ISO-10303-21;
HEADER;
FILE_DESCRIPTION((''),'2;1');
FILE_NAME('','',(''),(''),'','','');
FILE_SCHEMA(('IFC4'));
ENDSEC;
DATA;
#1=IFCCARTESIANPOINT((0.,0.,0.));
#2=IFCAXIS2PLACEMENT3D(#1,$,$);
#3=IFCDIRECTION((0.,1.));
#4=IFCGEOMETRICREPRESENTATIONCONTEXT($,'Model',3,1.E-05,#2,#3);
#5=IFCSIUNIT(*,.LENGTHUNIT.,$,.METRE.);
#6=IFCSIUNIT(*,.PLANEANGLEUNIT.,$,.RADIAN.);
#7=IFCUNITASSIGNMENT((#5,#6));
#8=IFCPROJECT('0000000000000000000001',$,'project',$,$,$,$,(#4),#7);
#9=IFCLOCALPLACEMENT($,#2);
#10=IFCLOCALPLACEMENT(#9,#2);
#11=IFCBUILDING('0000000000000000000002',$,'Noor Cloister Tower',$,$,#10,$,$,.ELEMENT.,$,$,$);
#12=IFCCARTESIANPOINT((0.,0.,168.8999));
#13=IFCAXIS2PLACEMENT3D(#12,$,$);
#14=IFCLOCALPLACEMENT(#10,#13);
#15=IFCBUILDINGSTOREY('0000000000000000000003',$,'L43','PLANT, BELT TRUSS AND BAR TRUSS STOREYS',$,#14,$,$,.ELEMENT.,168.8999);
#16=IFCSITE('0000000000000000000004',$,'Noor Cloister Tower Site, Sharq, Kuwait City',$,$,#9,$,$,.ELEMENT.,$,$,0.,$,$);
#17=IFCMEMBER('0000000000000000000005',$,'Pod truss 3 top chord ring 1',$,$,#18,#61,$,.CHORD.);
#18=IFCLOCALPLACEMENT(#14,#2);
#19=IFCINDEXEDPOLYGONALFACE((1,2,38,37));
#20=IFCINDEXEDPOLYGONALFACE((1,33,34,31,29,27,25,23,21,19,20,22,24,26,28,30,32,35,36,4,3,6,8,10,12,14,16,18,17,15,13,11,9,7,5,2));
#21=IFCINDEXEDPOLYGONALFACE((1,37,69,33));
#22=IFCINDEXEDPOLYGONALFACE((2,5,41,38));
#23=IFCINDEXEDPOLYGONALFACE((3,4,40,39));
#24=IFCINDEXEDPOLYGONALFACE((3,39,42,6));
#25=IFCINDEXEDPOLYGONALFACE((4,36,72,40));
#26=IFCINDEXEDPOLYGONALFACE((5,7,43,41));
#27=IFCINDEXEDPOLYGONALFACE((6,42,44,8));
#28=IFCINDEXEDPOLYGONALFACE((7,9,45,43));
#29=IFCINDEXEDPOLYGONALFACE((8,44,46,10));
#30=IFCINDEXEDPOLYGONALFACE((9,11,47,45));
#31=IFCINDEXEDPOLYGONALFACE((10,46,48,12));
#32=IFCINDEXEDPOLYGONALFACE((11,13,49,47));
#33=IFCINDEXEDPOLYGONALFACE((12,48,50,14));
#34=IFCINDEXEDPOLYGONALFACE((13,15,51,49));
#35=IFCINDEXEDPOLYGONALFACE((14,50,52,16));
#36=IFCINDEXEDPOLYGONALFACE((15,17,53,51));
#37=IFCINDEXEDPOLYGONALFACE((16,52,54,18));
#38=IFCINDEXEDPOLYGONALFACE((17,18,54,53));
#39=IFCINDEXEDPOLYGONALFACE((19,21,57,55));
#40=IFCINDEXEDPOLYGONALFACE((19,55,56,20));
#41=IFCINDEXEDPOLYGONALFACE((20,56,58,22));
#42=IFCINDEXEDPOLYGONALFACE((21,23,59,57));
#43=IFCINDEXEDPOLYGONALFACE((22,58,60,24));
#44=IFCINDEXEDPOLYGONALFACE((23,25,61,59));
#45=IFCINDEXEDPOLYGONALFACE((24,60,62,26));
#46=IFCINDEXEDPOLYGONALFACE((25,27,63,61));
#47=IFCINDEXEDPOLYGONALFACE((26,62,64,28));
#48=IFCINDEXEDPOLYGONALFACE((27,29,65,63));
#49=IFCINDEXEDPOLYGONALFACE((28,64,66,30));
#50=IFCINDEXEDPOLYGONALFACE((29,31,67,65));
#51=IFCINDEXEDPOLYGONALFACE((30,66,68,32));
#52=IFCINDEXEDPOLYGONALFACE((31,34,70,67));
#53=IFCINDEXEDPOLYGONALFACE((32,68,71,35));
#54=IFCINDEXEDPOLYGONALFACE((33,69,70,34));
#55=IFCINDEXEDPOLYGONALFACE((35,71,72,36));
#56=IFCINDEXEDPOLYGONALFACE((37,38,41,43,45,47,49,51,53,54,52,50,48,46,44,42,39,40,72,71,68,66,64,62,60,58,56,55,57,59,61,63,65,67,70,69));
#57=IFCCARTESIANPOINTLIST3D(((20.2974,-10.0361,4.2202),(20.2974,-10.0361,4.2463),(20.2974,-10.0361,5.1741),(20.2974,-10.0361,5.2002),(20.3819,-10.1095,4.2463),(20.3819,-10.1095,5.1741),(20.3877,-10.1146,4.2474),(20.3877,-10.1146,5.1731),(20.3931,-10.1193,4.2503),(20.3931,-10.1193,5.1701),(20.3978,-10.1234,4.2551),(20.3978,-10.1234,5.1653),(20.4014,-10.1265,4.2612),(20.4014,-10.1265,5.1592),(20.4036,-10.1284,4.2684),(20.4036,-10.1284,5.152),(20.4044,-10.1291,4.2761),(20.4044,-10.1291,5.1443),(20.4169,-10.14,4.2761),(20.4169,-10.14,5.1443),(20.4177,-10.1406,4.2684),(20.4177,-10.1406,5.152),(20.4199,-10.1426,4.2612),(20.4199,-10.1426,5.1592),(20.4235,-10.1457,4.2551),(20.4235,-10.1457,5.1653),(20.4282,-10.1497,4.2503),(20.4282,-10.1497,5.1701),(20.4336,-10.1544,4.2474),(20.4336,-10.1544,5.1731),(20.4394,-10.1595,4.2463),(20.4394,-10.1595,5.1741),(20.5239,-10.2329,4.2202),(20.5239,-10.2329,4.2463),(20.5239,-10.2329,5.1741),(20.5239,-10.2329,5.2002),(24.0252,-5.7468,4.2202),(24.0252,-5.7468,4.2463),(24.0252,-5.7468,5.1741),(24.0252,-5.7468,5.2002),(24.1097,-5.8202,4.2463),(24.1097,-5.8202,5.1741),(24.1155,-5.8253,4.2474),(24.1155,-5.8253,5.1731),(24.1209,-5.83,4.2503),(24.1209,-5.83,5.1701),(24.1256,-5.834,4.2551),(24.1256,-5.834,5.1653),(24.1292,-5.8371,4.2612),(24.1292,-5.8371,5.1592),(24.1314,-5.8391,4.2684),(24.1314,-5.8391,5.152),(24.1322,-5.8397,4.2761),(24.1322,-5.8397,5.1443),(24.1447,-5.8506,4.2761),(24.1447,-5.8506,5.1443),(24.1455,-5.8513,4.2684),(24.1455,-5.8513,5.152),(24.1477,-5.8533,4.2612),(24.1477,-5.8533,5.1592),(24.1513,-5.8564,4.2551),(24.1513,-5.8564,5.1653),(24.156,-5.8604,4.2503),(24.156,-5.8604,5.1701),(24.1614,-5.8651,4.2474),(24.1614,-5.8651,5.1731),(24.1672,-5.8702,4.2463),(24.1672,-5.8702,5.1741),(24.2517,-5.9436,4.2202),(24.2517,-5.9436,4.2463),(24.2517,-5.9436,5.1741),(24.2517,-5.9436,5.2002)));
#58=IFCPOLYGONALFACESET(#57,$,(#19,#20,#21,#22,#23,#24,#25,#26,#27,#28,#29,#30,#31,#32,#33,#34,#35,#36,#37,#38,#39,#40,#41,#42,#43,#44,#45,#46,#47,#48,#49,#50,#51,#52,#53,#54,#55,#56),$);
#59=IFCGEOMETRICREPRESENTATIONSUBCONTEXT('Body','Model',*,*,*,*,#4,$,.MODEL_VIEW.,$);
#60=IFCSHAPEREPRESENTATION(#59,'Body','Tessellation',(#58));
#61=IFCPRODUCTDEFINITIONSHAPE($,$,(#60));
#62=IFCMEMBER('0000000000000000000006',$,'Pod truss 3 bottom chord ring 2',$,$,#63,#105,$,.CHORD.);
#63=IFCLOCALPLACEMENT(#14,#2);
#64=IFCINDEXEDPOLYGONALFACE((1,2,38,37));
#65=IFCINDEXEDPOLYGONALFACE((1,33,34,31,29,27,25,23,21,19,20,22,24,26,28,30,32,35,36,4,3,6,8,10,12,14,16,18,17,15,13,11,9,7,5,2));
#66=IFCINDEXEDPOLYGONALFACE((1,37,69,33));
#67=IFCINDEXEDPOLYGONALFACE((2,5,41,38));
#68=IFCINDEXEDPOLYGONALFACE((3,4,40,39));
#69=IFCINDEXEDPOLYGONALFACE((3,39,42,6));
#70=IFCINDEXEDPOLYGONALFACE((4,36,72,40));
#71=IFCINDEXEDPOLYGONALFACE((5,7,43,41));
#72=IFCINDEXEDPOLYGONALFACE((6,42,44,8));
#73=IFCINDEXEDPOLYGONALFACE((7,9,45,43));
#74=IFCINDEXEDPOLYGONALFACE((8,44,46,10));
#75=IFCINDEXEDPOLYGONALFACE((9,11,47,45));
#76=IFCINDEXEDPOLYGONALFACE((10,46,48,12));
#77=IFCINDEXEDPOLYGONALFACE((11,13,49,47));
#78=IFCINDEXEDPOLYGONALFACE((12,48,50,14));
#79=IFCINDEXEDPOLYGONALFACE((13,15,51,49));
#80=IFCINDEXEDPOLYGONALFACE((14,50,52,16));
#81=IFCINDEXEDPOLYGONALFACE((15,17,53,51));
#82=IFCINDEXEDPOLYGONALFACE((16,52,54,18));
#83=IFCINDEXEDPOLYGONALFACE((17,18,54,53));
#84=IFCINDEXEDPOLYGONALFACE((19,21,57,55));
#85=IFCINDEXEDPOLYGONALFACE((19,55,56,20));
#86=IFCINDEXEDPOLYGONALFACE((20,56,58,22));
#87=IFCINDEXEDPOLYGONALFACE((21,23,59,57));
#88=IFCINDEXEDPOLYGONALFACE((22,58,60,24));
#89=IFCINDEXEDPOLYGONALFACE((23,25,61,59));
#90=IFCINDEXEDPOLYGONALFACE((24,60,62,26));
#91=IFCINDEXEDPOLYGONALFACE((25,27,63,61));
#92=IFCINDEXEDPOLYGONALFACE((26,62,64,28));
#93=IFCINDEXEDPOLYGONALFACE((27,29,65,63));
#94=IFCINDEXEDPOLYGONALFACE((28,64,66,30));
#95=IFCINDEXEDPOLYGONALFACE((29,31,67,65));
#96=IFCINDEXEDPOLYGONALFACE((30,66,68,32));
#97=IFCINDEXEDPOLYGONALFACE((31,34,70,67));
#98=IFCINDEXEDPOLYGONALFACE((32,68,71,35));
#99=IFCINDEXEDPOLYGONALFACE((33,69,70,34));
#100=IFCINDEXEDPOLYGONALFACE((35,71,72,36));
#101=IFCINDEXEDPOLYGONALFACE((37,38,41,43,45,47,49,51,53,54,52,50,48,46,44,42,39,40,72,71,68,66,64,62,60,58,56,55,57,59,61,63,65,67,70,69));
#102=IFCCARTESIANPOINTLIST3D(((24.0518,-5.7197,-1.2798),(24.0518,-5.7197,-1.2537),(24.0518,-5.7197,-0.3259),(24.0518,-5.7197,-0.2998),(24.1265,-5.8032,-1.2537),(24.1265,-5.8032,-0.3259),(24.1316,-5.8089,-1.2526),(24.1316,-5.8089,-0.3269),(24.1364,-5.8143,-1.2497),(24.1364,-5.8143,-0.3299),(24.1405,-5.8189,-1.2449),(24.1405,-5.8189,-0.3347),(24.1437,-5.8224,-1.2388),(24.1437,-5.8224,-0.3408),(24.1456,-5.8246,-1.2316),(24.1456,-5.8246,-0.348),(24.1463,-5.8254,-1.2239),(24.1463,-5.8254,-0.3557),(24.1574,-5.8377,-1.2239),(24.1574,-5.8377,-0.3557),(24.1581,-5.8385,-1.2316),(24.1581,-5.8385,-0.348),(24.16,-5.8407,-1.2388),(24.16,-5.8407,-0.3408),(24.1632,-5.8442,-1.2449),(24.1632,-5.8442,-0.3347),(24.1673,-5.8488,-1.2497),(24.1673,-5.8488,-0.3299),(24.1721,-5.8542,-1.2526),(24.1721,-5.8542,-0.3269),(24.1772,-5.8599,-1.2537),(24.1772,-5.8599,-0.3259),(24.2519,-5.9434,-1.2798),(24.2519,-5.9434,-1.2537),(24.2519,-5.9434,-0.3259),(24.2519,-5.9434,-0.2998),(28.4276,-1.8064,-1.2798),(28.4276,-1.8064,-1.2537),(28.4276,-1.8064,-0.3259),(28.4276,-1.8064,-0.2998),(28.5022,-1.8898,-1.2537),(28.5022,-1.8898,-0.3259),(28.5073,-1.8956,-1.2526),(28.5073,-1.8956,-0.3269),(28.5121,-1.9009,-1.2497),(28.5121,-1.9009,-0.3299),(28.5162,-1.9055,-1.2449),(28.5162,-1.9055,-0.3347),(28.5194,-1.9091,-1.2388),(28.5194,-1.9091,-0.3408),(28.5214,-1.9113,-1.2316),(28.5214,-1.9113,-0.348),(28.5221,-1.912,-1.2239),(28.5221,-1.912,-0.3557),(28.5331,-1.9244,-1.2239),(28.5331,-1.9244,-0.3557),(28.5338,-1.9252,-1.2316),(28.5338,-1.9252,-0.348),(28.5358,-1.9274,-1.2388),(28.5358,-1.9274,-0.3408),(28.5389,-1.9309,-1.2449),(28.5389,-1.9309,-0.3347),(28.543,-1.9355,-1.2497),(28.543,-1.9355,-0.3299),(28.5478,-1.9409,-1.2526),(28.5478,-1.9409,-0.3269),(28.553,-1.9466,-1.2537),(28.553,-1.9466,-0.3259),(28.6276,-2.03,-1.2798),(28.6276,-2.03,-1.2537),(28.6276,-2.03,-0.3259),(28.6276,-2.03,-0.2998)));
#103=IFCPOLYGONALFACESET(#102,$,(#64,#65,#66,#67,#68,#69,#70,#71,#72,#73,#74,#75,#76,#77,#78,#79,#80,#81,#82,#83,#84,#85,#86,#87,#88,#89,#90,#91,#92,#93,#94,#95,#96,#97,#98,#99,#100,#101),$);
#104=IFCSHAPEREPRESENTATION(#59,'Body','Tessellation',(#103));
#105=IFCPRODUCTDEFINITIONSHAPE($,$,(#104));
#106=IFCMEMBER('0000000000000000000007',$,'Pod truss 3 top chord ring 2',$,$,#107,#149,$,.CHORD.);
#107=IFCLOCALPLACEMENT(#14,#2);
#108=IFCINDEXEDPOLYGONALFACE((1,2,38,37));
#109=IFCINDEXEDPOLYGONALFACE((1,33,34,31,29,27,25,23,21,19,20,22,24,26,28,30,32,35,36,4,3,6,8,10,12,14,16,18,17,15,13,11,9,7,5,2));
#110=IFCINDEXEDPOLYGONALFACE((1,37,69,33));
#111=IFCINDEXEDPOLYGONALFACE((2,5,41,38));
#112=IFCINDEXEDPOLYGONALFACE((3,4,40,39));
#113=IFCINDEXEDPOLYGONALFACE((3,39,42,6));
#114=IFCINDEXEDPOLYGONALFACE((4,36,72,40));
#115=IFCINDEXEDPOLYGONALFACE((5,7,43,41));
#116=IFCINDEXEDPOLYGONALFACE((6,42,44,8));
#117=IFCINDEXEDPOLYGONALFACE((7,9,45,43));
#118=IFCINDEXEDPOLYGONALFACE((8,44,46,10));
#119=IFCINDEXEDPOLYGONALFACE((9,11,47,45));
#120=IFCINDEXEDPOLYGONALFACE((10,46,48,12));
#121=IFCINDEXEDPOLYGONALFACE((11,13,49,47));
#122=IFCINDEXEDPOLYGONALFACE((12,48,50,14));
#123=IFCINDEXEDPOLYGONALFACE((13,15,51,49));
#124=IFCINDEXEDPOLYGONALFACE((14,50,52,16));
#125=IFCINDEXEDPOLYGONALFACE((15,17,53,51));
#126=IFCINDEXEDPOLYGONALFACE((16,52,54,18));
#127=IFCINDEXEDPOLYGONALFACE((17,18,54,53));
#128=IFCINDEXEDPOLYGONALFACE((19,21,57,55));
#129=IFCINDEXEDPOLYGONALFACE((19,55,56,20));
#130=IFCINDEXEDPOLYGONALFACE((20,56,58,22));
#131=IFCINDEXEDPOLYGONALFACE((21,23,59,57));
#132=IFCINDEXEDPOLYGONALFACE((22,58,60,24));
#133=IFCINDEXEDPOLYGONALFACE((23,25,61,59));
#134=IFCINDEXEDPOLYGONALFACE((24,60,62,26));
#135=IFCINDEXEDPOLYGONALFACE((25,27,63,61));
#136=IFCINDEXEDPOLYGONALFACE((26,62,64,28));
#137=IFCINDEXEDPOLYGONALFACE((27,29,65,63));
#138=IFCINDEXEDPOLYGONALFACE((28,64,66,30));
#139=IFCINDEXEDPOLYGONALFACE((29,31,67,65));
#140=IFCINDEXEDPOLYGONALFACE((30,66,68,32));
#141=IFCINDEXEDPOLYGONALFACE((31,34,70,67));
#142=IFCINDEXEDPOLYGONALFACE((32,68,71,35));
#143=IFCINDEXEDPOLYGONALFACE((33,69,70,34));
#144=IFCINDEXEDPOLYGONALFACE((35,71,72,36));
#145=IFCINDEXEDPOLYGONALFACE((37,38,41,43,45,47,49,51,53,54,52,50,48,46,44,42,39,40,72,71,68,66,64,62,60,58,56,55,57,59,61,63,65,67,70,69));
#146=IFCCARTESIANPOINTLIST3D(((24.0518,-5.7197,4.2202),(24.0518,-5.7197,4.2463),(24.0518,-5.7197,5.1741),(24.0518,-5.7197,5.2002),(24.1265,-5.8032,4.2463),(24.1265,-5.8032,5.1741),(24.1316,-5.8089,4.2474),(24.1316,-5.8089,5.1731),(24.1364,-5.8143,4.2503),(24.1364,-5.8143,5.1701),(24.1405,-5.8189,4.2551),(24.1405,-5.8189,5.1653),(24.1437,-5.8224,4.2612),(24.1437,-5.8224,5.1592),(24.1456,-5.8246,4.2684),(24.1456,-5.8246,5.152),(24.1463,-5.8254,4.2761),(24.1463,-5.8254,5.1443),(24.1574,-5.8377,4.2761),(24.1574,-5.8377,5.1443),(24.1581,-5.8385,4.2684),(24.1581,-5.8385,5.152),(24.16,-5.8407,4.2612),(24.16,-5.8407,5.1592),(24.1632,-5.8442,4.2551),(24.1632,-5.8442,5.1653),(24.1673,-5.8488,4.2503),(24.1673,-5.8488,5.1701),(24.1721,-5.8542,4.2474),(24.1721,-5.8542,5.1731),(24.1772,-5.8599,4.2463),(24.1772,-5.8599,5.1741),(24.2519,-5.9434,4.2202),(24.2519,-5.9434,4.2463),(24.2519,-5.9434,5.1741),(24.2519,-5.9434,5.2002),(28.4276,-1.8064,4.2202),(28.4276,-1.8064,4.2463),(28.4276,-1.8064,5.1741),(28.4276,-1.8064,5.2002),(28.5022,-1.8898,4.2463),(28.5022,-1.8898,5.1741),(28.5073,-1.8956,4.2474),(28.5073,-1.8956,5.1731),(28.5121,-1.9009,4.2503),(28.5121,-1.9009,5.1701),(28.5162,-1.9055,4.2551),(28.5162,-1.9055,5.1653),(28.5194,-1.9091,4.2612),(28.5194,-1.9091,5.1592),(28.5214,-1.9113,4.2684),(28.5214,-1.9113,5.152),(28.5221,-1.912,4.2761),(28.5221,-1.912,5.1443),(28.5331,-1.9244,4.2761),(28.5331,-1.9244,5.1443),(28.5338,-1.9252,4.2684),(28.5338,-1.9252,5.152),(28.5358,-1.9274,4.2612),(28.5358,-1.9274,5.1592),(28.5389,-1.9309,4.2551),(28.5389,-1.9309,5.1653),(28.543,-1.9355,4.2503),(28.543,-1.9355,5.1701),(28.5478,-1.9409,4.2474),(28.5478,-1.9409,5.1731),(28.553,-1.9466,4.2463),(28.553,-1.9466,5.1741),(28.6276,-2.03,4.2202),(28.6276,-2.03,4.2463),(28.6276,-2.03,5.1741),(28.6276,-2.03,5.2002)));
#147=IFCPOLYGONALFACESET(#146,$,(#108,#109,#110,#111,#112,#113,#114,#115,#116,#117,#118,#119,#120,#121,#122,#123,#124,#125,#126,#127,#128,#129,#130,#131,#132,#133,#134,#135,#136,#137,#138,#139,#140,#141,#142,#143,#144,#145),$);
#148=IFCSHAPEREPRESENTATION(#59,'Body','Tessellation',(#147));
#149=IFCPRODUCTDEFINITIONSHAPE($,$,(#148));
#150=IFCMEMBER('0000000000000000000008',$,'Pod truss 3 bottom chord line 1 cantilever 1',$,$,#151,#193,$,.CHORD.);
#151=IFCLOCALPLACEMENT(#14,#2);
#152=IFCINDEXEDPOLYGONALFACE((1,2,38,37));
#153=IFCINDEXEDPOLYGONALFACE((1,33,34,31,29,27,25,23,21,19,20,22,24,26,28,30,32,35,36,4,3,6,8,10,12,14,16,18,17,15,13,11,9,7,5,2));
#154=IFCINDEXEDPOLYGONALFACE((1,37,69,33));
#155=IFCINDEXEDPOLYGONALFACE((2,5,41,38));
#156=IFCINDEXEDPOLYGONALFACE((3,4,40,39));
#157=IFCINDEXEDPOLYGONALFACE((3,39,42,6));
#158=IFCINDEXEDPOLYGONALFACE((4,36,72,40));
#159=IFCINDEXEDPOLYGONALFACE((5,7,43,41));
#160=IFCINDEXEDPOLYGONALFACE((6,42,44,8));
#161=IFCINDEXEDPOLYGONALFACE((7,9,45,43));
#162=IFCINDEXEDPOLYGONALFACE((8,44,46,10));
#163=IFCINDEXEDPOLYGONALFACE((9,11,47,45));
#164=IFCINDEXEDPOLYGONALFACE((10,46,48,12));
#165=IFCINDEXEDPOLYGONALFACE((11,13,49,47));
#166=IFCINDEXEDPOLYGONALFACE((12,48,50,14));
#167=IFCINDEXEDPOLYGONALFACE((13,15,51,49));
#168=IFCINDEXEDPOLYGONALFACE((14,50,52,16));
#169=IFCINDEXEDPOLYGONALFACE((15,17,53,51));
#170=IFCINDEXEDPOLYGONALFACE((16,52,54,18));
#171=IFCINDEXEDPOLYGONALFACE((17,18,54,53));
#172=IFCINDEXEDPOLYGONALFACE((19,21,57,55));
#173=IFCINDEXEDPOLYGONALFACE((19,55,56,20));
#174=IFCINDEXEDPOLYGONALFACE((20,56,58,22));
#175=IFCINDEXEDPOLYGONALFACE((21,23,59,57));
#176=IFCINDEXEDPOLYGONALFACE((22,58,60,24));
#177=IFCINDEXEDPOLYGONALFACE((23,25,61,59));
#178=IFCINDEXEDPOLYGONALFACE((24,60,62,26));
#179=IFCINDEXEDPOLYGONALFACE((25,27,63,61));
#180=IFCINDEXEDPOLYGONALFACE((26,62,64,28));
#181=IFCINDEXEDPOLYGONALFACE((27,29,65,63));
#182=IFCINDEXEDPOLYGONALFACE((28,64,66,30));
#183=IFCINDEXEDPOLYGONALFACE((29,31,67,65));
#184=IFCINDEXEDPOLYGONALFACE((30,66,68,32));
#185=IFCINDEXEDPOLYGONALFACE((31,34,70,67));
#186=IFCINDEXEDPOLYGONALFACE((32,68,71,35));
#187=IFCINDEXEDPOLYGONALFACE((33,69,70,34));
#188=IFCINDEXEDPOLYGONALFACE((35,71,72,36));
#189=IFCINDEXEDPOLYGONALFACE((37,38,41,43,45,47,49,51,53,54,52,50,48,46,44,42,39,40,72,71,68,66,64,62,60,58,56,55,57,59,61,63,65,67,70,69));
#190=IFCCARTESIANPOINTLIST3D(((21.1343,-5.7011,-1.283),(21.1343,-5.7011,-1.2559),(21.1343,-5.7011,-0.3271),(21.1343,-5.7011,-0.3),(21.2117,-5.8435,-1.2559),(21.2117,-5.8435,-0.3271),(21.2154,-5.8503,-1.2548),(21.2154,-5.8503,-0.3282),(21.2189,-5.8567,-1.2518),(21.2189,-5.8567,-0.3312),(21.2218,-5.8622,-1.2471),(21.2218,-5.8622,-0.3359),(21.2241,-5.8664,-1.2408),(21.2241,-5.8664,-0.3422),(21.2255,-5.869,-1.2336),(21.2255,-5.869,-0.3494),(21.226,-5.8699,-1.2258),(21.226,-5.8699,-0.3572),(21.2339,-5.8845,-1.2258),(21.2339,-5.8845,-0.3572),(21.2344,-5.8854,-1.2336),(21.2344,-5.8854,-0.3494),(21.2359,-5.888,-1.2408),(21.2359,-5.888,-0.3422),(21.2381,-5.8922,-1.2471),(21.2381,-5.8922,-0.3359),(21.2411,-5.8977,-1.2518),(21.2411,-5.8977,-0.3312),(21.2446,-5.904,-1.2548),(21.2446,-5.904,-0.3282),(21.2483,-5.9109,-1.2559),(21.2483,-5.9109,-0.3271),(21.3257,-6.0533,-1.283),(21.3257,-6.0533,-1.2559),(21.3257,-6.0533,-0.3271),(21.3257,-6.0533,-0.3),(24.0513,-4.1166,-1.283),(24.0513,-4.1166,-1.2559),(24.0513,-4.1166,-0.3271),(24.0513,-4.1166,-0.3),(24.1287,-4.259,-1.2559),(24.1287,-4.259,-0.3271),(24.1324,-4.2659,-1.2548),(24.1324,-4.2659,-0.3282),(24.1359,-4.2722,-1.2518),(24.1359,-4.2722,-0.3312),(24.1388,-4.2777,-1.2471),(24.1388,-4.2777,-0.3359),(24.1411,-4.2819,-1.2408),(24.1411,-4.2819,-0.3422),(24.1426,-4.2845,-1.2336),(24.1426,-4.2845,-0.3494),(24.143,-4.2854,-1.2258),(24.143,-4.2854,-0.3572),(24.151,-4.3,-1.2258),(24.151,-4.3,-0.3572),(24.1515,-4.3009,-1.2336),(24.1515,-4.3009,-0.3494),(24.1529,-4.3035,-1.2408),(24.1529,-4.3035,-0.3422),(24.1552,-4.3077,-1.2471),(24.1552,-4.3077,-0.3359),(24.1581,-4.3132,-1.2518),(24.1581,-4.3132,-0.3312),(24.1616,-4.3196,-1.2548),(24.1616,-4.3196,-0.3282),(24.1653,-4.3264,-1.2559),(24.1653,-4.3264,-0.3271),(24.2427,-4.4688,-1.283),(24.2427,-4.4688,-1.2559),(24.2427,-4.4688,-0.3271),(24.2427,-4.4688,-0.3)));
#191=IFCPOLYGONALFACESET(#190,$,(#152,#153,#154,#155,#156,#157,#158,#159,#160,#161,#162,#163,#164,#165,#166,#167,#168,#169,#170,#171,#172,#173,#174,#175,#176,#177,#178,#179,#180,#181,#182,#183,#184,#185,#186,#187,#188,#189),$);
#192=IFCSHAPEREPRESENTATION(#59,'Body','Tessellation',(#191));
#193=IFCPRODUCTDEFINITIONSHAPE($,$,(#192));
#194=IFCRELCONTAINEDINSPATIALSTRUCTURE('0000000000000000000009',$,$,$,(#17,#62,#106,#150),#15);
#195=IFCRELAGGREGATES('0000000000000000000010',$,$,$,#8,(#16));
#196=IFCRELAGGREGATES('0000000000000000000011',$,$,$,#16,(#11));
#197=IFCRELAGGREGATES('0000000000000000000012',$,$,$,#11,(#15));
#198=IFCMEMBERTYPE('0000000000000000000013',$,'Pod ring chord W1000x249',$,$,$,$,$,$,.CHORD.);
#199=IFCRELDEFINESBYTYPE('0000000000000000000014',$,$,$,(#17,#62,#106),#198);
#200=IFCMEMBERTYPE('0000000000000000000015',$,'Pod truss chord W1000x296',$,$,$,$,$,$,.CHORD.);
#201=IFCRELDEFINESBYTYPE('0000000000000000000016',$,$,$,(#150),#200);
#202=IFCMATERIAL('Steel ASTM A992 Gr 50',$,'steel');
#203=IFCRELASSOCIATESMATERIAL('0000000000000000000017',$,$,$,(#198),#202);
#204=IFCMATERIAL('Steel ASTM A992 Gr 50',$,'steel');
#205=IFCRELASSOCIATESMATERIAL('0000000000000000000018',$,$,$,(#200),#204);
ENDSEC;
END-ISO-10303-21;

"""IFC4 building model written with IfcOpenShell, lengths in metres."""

from ifc_helpers import new_model, si_unit, direction, frame, origin, origin_2d, place, context, subcontext, project, spatial, i_section, extrude, material, material_profile, profile_set, type_object, element, save


model = new_model("IFC4")

# Units and contexts
model_context = context("Model", 3, precision=1e-05, world=origin(), true_north=direction((0.0, 1.0)))
body_context = subcontext(model_context, "Body", "Model", "MODEL_VIEW")
ifc_project = project(units=[si_unit("LENGTHUNIT", "METRE"), si_unit("PLANEANGLEUNIT", "RADIAN")], contexts=[model_context])

# Site, building, storey
site_placement = place(None, origin())
site = spatial("IfcSite", under=ifc_project, at=site_placement, Name="Noor Cloister Tower Site, Sharq, Kuwait City", CompositionType="ELEMENT", RefElevation=0.0)
building_placement = place(site_placement, origin())
building = spatial("IfcBuilding", under=site, at=building_placement, Name="Noor Cloister Tower", CompositionType="ELEMENT")
storey_placement = place(building_placement, frame((0.0, 0.0, 168.8999)))
storey = spatial("IfcBuildingStorey", under=building, at=storey_placement, Name="L43", Description="PLANT, BELT TRUSS AND BAR TRUSS STOREYS", CompositionType="ELEMENT", Elevation=168.8999)

# Members
ifc_material_1 = material(Name="Steel ASTM A992 Gr 50", Category="steel")
ifc_material_profile_1 = material_profile(ifc_material_1, i_section(OverallWidth=0.3, OverallDepth=0.98, WebThickness=0.0166, FlangeThickness=0.0261, FilletRadius=0.0298, at=origin_2d()), Name="W1000x249")
ifc_profile_set_1 = profile_set([ifc_material_profile_1], Name="Steel ASTM A992 Gr 50")
member_type_1 = type_object("IfcMemberType", Name="Pod ring chord W1000x249", PredefinedType="CHORD", material=ifc_profile_set_1)
member_1_placement = place(storey_placement, frame((20.4106, -10.1345, 4.7102), z_axis=(0.655973, 0.754784, 0.0), x_axis=(-0.754784, 0.655973, 0.0)))
element("IfcMember", 1, at=member_1_placement, inside=storey, type_object=member_type_1, Name="Pod truss 3 top chord ring 1", PredefinedType="CHORD", context=body_context, shape_type="SweptSolid", body=[
    extrude(i_section(OverallWidth=0.3, OverallDepth=0.98, WebThickness=0.0166, FlangeThickness=0.0261, FilletRadius=0.0298, at=origin_2d()), origin(), (0.0, 0.0, 1.0), 5.6829),
])
for number, where, z_axis, x_axis, name in (
    (2, (24.1519, -5.8315, -0.7898), (0.745394, 0.666625, 0.0), (-0.666625, 0.745394, 0.0), "Pod truss 3 bottom chord ring 2"),
    (3, (24.1519, -5.8315, 4.7102), (0.745394, 0.666625, 0.0), (-0.666625, 0.745394, 0.0), "Pod truss 3 top chord ring 2"),
):
    element("IfcMember", number, at=place(storey_placement, frame(where, z_axis=z_axis, x_axis=x_axis)), inside=storey, type_object=member_type_1, Name=name, PredefinedType="CHORD", context=body_context, shape_type="SweptSolid", body=[
        extrude(i_section(OverallWidth=0.3, OverallDepth=0.98, WebThickness=0.0166, FlangeThickness=0.0261, FilletRadius=0.0298, at=origin_2d()), origin(), (0.0, 0.0, 1.0), 5.8704),
    ])
ifc_material_2 = material(Name="Steel ASTM A992 Gr 50", Category="steel")
ifc_material_profile_2 = material_profile(ifc_material_2, i_section(OverallWidth=0.4009, OverallDepth=0.9829, WebThickness=0.0166, FlangeThickness=0.0271, FilletRadius=0.03, at=origin_2d()), Name="W1000x296")
ifc_profile_set_2 = profile_set([ifc_material_profile_2], Name="Steel ASTM A992 Gr 50")
member_type_2 = type_object("IfcMemberType", Name="Pod truss chord W1000x296", PredefinedType="CHORD", material=ifc_profile_set_2)
member_2_placement = place(storey_placement, frame((21.23, -5.8772, -0.7915), z_axis=(0.878732, 0.477316, 0.0), x_axis=(-0.477316, 0.878732, 0.0)))
element("IfcMember", 4, at=member_2_placement, inside=storey, type_object=member_type_2, Name="Pod truss 3 bottom chord line 1 cantilever 1", PredefinedType="CHORD", context=body_context, shape_type="SweptSolid", body=[
    extrude(i_section(OverallWidth=0.4009, OverallDepth=0.9829, WebThickness=0.0166, FlangeThickness=0.0271, FilletRadius=0.03, at=origin_2d()), origin(), (0.0, 0.0, 1.0), 3.3196),
])

save(model, "model.ifc")
